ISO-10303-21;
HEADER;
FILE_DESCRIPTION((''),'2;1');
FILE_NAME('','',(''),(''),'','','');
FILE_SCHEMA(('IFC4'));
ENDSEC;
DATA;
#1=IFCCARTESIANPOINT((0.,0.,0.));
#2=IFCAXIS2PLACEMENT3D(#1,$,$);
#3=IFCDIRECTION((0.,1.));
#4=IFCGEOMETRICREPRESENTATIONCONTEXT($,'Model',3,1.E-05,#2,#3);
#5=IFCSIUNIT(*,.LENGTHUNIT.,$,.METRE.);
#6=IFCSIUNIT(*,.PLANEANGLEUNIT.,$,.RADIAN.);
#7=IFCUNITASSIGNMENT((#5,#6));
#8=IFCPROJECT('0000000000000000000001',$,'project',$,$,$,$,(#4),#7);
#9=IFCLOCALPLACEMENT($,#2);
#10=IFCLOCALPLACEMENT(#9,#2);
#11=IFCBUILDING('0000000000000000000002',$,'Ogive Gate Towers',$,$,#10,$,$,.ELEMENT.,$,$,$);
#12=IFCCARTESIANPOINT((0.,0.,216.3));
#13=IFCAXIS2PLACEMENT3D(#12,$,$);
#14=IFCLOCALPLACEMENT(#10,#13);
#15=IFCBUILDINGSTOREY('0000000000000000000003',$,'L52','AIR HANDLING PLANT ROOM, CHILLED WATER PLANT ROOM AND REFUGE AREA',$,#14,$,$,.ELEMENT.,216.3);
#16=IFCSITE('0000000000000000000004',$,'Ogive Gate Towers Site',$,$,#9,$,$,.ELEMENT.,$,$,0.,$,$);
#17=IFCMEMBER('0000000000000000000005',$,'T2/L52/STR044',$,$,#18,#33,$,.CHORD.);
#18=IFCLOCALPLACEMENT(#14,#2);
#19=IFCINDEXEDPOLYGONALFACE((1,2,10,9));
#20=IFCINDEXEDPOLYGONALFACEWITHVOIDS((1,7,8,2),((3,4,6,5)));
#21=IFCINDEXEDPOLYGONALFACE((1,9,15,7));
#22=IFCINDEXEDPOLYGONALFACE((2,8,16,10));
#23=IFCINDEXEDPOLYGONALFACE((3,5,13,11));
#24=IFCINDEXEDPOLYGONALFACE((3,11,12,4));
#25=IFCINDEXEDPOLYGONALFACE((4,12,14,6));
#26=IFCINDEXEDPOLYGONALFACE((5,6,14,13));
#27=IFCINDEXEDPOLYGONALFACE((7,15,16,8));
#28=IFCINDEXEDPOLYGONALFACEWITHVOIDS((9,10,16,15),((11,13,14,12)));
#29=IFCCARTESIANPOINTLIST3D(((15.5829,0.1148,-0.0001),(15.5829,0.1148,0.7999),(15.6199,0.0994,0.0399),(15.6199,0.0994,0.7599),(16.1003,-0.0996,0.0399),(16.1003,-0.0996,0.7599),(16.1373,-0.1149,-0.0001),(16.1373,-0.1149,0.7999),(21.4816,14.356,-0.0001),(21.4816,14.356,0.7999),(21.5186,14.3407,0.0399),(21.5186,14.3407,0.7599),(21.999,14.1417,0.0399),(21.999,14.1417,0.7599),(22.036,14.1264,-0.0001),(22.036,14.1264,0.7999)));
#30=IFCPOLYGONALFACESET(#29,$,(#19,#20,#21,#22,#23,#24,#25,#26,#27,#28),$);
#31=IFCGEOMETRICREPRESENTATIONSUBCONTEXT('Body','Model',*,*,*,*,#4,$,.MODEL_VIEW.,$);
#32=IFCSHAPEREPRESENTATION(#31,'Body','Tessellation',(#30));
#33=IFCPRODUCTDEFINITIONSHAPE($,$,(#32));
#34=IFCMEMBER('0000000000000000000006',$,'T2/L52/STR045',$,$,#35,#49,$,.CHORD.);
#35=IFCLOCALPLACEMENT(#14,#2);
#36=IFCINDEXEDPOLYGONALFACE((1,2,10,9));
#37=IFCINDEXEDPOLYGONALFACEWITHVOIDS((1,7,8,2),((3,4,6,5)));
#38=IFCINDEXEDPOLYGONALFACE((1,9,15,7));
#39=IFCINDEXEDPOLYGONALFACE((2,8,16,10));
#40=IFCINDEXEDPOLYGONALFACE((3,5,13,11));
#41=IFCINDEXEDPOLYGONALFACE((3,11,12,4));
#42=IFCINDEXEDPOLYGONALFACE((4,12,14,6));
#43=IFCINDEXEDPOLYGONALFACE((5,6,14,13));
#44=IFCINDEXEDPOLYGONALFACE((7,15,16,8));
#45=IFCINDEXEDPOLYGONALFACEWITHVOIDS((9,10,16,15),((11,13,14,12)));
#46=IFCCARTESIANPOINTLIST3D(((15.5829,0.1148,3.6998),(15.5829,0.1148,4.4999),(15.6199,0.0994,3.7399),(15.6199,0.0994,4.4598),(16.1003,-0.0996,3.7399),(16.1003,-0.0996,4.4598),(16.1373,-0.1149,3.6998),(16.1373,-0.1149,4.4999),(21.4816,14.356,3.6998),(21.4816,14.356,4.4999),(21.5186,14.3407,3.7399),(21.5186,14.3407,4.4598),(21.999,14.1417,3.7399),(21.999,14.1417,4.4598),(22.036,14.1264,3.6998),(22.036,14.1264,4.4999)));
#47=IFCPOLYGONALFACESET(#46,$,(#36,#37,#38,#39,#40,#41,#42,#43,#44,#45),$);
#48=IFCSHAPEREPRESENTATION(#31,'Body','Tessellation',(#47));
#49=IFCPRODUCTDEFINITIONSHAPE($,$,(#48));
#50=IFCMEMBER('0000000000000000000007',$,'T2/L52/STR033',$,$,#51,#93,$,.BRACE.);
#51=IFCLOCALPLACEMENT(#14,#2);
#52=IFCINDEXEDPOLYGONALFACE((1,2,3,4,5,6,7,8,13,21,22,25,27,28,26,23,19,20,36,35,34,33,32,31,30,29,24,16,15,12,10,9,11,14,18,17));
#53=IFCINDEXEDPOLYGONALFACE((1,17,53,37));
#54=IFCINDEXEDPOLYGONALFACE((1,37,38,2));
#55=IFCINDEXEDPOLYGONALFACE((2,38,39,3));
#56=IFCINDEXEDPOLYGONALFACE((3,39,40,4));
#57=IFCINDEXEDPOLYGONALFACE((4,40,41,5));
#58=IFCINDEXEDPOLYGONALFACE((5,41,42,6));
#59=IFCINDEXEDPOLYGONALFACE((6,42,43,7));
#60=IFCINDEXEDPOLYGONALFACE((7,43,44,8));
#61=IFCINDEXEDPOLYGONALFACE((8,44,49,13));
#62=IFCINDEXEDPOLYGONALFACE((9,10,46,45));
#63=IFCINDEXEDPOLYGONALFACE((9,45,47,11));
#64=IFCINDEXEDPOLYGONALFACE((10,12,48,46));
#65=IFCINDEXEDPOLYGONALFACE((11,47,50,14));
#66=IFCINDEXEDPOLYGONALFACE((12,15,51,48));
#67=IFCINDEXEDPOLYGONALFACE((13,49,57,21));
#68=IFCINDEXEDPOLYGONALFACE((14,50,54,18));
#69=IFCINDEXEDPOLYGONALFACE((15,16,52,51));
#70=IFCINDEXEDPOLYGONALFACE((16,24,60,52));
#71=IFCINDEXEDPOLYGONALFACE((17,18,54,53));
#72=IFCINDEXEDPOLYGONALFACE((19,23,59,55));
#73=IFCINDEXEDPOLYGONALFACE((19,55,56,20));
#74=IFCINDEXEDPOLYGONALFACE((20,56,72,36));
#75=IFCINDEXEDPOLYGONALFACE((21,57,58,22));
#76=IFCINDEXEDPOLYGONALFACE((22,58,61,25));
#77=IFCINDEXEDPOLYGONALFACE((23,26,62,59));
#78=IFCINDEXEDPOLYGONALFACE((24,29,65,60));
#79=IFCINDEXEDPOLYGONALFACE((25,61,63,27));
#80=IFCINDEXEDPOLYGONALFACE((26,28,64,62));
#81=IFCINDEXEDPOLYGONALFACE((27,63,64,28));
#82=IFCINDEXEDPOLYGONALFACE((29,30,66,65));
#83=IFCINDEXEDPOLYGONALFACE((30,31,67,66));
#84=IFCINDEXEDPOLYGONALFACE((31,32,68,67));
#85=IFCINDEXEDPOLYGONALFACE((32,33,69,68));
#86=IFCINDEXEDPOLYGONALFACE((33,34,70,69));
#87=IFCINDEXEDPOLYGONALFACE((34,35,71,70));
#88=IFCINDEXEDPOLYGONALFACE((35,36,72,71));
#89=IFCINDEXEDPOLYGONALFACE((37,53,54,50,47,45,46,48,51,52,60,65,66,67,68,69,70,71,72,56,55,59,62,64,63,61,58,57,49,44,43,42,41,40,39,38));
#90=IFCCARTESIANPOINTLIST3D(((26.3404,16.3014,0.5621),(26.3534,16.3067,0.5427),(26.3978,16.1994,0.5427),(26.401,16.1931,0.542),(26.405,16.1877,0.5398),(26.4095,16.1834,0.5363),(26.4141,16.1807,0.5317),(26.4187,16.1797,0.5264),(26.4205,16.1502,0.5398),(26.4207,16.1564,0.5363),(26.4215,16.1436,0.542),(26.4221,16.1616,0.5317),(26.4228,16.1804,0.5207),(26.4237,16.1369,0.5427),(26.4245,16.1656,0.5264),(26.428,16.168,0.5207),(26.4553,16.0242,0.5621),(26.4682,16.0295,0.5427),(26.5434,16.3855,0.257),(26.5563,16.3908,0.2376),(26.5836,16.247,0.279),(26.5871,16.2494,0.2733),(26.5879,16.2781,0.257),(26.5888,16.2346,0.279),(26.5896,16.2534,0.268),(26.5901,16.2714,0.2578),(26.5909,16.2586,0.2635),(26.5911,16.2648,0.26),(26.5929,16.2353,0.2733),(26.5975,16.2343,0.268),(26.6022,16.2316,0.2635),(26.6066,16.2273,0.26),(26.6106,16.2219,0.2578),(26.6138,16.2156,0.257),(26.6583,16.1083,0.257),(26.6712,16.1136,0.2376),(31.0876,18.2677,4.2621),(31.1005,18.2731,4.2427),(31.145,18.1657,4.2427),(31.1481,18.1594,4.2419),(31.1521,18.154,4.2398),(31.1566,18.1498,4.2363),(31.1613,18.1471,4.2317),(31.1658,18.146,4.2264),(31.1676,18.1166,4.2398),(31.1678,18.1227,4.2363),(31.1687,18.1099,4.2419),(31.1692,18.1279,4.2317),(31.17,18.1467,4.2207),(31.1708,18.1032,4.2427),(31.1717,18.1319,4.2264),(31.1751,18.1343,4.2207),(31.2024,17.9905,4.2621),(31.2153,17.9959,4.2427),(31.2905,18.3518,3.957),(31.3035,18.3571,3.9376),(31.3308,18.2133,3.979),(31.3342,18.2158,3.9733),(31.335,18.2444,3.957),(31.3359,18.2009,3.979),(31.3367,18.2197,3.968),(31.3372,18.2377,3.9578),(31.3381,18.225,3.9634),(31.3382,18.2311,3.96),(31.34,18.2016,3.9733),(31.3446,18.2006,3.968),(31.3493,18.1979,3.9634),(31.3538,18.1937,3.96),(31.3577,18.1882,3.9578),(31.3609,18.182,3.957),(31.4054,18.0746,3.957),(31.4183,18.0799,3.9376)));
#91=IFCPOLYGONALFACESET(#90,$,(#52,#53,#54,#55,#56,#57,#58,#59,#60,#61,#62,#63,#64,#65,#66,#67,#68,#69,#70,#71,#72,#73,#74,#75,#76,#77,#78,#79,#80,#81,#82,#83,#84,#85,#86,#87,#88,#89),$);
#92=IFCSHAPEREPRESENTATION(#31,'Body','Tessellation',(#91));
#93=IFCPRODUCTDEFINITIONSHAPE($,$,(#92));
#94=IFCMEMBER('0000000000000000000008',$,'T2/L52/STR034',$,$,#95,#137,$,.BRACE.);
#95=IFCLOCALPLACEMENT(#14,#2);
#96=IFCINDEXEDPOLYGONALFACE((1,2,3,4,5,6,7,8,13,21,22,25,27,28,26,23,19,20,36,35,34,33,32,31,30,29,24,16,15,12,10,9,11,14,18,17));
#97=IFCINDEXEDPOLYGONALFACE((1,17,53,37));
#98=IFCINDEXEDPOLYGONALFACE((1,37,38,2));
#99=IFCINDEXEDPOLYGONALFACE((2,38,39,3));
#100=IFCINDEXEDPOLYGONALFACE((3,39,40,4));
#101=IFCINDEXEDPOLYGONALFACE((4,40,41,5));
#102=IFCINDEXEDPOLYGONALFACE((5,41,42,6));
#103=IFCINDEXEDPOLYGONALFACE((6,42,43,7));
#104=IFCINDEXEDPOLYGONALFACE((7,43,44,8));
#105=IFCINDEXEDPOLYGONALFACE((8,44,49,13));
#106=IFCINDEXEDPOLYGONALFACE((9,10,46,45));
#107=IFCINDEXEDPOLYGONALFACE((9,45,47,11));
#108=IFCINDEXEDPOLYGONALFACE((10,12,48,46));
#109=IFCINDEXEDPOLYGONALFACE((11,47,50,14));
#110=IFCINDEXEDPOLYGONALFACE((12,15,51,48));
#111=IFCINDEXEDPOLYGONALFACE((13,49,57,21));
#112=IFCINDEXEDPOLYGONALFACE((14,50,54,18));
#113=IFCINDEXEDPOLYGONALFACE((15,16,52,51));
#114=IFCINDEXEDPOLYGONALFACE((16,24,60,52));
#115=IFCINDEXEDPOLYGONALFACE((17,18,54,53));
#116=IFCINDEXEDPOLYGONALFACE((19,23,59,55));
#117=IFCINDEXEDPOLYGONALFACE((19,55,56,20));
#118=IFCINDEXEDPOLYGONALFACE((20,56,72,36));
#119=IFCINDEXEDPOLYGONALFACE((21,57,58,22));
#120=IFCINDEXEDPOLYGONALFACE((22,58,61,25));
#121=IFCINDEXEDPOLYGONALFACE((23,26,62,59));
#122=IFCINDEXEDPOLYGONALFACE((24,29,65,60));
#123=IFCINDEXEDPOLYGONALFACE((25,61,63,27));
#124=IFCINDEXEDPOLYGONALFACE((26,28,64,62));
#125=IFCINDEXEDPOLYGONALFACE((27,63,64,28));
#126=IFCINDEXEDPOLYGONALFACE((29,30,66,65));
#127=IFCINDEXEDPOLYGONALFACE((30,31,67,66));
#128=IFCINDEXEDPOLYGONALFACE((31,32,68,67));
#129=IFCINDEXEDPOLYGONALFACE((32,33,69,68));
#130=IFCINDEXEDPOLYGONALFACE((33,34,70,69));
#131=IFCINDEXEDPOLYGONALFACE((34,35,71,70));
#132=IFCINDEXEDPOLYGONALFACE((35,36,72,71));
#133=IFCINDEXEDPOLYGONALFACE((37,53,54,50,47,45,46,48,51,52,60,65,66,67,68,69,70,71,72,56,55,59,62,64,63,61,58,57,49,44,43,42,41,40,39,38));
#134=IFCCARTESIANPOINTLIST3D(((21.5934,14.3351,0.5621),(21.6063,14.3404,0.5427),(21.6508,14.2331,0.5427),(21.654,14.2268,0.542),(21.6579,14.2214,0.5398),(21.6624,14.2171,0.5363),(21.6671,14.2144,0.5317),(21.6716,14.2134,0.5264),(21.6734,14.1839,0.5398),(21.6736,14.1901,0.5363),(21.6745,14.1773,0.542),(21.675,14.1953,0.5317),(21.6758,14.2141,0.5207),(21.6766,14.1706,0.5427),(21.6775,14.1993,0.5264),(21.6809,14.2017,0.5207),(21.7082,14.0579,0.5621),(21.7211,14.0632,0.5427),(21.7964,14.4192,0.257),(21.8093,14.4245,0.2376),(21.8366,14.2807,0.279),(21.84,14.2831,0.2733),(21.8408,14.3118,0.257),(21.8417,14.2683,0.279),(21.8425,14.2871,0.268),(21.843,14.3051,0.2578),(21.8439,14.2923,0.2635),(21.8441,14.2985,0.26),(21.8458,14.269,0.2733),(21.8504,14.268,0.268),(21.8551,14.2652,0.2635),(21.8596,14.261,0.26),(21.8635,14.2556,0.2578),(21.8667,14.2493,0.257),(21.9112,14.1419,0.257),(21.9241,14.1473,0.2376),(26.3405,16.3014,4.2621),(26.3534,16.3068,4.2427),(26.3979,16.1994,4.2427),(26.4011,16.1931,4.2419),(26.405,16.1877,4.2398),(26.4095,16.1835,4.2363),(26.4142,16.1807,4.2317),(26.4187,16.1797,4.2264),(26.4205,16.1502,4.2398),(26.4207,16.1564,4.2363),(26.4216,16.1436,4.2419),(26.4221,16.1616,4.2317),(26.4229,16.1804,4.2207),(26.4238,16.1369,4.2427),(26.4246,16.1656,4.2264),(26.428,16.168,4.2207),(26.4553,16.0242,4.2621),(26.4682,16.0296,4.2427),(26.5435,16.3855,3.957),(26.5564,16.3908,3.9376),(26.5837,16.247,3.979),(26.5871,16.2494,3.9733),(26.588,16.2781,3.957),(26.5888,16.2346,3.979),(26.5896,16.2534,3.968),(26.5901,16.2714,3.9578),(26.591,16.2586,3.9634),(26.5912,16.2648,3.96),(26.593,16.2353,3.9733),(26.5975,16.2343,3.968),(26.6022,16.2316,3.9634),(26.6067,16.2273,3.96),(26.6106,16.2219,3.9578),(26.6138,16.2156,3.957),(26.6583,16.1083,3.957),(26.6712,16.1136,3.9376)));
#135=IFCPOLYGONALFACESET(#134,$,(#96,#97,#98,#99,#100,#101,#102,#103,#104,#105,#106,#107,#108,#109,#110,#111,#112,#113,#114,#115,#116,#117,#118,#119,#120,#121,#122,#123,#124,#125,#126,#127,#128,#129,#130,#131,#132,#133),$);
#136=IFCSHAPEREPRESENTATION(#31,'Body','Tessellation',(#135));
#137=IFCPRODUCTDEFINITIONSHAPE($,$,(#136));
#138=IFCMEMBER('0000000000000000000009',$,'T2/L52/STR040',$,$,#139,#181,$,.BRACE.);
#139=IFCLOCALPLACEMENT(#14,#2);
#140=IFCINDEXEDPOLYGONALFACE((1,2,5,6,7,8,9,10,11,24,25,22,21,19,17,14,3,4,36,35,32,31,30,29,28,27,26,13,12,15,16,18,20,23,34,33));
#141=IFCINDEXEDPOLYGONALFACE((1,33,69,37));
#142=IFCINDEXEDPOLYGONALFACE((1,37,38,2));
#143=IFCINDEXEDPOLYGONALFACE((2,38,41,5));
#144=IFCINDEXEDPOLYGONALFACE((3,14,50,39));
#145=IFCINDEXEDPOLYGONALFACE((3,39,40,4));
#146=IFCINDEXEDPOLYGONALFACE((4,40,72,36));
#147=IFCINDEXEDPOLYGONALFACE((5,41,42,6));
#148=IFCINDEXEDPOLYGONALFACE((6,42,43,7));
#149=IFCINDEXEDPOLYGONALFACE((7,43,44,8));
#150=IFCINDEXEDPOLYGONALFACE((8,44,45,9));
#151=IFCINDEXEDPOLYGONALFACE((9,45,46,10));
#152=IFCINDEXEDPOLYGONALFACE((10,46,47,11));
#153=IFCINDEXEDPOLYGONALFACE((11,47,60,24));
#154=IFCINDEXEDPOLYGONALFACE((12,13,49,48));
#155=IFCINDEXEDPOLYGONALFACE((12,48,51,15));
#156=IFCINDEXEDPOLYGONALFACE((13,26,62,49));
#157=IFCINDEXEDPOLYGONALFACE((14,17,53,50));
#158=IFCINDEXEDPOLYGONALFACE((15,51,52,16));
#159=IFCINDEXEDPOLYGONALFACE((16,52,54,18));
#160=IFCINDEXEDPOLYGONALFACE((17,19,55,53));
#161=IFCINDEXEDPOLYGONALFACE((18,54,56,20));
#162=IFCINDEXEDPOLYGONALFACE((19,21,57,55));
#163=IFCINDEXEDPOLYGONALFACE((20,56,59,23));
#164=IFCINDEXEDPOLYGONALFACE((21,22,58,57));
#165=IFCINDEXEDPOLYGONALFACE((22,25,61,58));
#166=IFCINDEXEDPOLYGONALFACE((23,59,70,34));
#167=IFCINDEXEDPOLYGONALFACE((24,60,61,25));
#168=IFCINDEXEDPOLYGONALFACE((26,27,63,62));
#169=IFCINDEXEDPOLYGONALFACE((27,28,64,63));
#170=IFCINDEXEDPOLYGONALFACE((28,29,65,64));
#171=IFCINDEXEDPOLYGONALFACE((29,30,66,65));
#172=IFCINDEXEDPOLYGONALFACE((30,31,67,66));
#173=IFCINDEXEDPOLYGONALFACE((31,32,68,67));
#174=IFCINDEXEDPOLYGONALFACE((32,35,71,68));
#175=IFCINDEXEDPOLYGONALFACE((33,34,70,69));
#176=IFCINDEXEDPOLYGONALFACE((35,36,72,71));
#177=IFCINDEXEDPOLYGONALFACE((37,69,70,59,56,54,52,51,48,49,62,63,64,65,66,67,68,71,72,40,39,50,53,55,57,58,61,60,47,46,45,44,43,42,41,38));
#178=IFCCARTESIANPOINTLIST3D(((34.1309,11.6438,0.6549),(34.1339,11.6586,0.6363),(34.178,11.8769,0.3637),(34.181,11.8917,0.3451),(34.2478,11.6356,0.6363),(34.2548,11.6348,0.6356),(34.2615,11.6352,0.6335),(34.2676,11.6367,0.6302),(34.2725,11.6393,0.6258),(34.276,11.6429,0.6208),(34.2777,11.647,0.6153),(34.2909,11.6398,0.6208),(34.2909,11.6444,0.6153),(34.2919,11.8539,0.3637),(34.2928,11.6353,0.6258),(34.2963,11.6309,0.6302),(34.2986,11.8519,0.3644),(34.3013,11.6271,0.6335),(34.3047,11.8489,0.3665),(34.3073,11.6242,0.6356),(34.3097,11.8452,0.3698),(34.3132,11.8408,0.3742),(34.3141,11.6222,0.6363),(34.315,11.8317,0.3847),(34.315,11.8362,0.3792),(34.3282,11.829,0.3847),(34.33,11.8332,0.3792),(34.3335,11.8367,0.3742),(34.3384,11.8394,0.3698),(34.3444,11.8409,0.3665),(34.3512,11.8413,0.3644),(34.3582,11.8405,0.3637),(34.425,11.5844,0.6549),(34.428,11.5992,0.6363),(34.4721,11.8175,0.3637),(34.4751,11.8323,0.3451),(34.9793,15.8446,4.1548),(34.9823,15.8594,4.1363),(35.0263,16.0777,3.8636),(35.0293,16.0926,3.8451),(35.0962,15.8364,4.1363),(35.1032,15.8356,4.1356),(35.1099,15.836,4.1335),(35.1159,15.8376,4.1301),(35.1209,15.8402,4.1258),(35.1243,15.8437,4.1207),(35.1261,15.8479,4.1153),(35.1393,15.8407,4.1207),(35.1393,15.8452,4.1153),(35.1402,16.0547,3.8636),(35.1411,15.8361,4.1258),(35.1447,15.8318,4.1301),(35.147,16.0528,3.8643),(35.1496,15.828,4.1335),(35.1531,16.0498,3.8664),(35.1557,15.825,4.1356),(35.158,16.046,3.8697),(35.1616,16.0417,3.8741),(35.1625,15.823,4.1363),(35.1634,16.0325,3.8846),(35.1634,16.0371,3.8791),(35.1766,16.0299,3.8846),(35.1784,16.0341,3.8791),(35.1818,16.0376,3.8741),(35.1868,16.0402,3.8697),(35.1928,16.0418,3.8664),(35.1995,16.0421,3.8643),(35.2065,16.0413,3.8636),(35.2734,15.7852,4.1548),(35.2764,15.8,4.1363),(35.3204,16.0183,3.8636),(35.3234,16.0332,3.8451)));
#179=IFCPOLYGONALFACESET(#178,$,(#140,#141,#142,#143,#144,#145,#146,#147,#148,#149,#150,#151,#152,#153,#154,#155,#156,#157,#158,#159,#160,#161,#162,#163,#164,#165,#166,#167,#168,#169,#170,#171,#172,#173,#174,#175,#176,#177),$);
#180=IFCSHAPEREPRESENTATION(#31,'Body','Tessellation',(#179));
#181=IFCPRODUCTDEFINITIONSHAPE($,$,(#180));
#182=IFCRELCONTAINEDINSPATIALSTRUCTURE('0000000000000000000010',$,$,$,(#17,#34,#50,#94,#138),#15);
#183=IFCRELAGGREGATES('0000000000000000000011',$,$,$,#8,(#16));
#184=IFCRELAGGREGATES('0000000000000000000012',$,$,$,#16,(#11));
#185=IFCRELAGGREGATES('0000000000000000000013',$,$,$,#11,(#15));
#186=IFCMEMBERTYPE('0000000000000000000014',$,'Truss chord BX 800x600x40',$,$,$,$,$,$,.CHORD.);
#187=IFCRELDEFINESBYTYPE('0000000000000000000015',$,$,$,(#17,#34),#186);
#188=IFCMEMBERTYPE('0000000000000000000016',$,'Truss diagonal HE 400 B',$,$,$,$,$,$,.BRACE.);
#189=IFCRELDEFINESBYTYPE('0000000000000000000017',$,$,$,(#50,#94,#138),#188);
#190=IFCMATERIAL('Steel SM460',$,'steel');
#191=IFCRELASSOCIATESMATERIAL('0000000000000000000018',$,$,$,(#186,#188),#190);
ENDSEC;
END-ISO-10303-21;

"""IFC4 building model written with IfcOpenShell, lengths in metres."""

from ifc_helpers import new_model, si_unit, direction, frame, origin, origin_2d, place, context, subcontext, project, spatial, hollow_rectangle, i_section, extrude, material, material_profile, profile_set, type_object, element, save


model = new_model("IFC4")

# Units and contexts
model_context = context("Model", 3, precision=1e-05, world=origin(), true_north=direction((0.0, 1.0)))
body_context = subcontext(model_context, "Body", "Model", "MODEL_VIEW")
ifc_project = project(units=[si_unit("LENGTHUNIT", "METRE"), si_unit("PLANEANGLEUNIT", "RADIAN")], contexts=[model_context])

# Site, building, storey
site_placement = place(None, origin())
site = spatial("IfcSite", under=ifc_project, at=site_placement, Name="Ogive Gate Towers Site", CompositionType="ELEMENT", RefElevation=0.0)
building_placement = place(site_placement, origin())
building = spatial("IfcBuilding", under=site, at=building_placement, Name="Ogive Gate Towers", CompositionType="ELEMENT")
storey_placement = place(building_placement, frame((0.0, 0.0, 216.3)))
storey = spatial("IfcBuildingStorey", under=building, at=storey_placement, Name="L52", Description="AIR HANDLING PLANT ROOM, CHILLED WATER PLANT ROOM AND REFUGE AREA", CompositionType="ELEMENT", Elevation=216.3)

# Shared definitions
ifc_material_1 = material(Name="Steel SM460", Category="steel")

# Members
ifc_material_profile_1 = material_profile(ifc_material_1, hollow_rectangle(XDim=0.6001, YDim=0.8, WallThickness=0.04, at=origin_2d()), Name="BX 800x600x40")
ifc_profile_set_1 = profile_set([ifc_material_profile_1], Name="Steel SM460")
member_type_1 = type_object("IfcMemberType", Name="Truss chord BX 800x600x40", PredefinedType="CHORD", material=ifc_profile_set_1)
for number, where, z_axis, x_axis, name in (
    (1, (21.7588, 14.2412, 0.3999), (-0.382671, -0.923885, 0.0), (0.923885, -0.382671, 0.0), "T2/L52/STR044"),
    (2, (21.7588, 14.2412, 4.0999), (-0.382671, -0.923885, 0.0), (0.923885, -0.382671, 0.0), "T2/L52/STR045"),
):
    element("IfcMember", number, at=place(storey_placement, frame(where, z_axis=z_axis, x_axis=x_axis)), inside=storey, type_object=member_type_1, Name=name, PredefinedType="CHORD", context=body_context, shape_type="SweptSolid", body=[
        extrude(hollow_rectangle(XDim=0.6001, YDim=0.8, WallThickness=0.04, at=origin_2d()), origin(), (0.0, 0.0, 1.0), 15.4146),
    ])
ifc_material_profile_2 = material_profile(ifc_material_1, i_section(OverallWidth=0.3, OverallDepth=0.3999, WebThickness=0.0134, FlangeThickness=0.0239, FilletRadius=0.0271, at=origin_2d()), Name="HE 400 B")
ifc_profile_set_2 = profile_set([ifc_material_profile_2], Name="Steel SM460")
member_type_2 = type_object("IfcMemberType", Name="Truss diagonal HE 400 B", PredefinedType="BRACE", material=ifc_profile_set_2)
for number, where, z_axis, x_axis, name in (
    (3, (31.2529, 18.1738, 4.0999), (-0.749728, -0.310549, -0.584352), (0.382685, -0.923879, 0.0), "T2/L52/STR033"),
    (4, (26.5059, 16.2075, 4.0999), (-0.749728, -0.310549, -0.584352), (0.382685, -0.923879, 0.0), "T2/L52/STR034"),
):
    element("IfcMember", number, at=place(storey_placement, frame(where, z_axis=z_axis, x_axis=x_axis)), inside=storey, type_object=member_type_2, Name=name, PredefinedType="BRACE", context=body_context, shape_type="SweptSolid", body=[
        extrude(i_section(OverallWidth=0.3, OverallDepth=0.3999, WebThickness=0.0134, FlangeThickness=0.0239, FilletRadius=0.0271, at=origin_2d()), origin(), (0.0, 0.0, 1.0), 6.3318),
    ])
member_1_placement = place(storey_placement, frame((34.303, 11.738, 0.5), z_axis=(0.153324, 0.759207, 0.632532), x_axis=(-0.980211, 0.197956, 0.0)))
element("IfcMember", 5, at=member_1_placement, inside=storey, type_object=member_type_2, Name="T2/L52/STR040", PredefinedType="BRACE", context=body_context, shape_type="SweptSolid", body=[
    extrude(i_section(OverallWidth=0.3, OverallDepth=0.3999, WebThickness=0.0134, FlangeThickness=0.0239, FilletRadius=0.0271, at=origin_2d()), origin(), (0.0, 0.0, 1.0), 5.5332),
])

save(model, "model.ifc")
